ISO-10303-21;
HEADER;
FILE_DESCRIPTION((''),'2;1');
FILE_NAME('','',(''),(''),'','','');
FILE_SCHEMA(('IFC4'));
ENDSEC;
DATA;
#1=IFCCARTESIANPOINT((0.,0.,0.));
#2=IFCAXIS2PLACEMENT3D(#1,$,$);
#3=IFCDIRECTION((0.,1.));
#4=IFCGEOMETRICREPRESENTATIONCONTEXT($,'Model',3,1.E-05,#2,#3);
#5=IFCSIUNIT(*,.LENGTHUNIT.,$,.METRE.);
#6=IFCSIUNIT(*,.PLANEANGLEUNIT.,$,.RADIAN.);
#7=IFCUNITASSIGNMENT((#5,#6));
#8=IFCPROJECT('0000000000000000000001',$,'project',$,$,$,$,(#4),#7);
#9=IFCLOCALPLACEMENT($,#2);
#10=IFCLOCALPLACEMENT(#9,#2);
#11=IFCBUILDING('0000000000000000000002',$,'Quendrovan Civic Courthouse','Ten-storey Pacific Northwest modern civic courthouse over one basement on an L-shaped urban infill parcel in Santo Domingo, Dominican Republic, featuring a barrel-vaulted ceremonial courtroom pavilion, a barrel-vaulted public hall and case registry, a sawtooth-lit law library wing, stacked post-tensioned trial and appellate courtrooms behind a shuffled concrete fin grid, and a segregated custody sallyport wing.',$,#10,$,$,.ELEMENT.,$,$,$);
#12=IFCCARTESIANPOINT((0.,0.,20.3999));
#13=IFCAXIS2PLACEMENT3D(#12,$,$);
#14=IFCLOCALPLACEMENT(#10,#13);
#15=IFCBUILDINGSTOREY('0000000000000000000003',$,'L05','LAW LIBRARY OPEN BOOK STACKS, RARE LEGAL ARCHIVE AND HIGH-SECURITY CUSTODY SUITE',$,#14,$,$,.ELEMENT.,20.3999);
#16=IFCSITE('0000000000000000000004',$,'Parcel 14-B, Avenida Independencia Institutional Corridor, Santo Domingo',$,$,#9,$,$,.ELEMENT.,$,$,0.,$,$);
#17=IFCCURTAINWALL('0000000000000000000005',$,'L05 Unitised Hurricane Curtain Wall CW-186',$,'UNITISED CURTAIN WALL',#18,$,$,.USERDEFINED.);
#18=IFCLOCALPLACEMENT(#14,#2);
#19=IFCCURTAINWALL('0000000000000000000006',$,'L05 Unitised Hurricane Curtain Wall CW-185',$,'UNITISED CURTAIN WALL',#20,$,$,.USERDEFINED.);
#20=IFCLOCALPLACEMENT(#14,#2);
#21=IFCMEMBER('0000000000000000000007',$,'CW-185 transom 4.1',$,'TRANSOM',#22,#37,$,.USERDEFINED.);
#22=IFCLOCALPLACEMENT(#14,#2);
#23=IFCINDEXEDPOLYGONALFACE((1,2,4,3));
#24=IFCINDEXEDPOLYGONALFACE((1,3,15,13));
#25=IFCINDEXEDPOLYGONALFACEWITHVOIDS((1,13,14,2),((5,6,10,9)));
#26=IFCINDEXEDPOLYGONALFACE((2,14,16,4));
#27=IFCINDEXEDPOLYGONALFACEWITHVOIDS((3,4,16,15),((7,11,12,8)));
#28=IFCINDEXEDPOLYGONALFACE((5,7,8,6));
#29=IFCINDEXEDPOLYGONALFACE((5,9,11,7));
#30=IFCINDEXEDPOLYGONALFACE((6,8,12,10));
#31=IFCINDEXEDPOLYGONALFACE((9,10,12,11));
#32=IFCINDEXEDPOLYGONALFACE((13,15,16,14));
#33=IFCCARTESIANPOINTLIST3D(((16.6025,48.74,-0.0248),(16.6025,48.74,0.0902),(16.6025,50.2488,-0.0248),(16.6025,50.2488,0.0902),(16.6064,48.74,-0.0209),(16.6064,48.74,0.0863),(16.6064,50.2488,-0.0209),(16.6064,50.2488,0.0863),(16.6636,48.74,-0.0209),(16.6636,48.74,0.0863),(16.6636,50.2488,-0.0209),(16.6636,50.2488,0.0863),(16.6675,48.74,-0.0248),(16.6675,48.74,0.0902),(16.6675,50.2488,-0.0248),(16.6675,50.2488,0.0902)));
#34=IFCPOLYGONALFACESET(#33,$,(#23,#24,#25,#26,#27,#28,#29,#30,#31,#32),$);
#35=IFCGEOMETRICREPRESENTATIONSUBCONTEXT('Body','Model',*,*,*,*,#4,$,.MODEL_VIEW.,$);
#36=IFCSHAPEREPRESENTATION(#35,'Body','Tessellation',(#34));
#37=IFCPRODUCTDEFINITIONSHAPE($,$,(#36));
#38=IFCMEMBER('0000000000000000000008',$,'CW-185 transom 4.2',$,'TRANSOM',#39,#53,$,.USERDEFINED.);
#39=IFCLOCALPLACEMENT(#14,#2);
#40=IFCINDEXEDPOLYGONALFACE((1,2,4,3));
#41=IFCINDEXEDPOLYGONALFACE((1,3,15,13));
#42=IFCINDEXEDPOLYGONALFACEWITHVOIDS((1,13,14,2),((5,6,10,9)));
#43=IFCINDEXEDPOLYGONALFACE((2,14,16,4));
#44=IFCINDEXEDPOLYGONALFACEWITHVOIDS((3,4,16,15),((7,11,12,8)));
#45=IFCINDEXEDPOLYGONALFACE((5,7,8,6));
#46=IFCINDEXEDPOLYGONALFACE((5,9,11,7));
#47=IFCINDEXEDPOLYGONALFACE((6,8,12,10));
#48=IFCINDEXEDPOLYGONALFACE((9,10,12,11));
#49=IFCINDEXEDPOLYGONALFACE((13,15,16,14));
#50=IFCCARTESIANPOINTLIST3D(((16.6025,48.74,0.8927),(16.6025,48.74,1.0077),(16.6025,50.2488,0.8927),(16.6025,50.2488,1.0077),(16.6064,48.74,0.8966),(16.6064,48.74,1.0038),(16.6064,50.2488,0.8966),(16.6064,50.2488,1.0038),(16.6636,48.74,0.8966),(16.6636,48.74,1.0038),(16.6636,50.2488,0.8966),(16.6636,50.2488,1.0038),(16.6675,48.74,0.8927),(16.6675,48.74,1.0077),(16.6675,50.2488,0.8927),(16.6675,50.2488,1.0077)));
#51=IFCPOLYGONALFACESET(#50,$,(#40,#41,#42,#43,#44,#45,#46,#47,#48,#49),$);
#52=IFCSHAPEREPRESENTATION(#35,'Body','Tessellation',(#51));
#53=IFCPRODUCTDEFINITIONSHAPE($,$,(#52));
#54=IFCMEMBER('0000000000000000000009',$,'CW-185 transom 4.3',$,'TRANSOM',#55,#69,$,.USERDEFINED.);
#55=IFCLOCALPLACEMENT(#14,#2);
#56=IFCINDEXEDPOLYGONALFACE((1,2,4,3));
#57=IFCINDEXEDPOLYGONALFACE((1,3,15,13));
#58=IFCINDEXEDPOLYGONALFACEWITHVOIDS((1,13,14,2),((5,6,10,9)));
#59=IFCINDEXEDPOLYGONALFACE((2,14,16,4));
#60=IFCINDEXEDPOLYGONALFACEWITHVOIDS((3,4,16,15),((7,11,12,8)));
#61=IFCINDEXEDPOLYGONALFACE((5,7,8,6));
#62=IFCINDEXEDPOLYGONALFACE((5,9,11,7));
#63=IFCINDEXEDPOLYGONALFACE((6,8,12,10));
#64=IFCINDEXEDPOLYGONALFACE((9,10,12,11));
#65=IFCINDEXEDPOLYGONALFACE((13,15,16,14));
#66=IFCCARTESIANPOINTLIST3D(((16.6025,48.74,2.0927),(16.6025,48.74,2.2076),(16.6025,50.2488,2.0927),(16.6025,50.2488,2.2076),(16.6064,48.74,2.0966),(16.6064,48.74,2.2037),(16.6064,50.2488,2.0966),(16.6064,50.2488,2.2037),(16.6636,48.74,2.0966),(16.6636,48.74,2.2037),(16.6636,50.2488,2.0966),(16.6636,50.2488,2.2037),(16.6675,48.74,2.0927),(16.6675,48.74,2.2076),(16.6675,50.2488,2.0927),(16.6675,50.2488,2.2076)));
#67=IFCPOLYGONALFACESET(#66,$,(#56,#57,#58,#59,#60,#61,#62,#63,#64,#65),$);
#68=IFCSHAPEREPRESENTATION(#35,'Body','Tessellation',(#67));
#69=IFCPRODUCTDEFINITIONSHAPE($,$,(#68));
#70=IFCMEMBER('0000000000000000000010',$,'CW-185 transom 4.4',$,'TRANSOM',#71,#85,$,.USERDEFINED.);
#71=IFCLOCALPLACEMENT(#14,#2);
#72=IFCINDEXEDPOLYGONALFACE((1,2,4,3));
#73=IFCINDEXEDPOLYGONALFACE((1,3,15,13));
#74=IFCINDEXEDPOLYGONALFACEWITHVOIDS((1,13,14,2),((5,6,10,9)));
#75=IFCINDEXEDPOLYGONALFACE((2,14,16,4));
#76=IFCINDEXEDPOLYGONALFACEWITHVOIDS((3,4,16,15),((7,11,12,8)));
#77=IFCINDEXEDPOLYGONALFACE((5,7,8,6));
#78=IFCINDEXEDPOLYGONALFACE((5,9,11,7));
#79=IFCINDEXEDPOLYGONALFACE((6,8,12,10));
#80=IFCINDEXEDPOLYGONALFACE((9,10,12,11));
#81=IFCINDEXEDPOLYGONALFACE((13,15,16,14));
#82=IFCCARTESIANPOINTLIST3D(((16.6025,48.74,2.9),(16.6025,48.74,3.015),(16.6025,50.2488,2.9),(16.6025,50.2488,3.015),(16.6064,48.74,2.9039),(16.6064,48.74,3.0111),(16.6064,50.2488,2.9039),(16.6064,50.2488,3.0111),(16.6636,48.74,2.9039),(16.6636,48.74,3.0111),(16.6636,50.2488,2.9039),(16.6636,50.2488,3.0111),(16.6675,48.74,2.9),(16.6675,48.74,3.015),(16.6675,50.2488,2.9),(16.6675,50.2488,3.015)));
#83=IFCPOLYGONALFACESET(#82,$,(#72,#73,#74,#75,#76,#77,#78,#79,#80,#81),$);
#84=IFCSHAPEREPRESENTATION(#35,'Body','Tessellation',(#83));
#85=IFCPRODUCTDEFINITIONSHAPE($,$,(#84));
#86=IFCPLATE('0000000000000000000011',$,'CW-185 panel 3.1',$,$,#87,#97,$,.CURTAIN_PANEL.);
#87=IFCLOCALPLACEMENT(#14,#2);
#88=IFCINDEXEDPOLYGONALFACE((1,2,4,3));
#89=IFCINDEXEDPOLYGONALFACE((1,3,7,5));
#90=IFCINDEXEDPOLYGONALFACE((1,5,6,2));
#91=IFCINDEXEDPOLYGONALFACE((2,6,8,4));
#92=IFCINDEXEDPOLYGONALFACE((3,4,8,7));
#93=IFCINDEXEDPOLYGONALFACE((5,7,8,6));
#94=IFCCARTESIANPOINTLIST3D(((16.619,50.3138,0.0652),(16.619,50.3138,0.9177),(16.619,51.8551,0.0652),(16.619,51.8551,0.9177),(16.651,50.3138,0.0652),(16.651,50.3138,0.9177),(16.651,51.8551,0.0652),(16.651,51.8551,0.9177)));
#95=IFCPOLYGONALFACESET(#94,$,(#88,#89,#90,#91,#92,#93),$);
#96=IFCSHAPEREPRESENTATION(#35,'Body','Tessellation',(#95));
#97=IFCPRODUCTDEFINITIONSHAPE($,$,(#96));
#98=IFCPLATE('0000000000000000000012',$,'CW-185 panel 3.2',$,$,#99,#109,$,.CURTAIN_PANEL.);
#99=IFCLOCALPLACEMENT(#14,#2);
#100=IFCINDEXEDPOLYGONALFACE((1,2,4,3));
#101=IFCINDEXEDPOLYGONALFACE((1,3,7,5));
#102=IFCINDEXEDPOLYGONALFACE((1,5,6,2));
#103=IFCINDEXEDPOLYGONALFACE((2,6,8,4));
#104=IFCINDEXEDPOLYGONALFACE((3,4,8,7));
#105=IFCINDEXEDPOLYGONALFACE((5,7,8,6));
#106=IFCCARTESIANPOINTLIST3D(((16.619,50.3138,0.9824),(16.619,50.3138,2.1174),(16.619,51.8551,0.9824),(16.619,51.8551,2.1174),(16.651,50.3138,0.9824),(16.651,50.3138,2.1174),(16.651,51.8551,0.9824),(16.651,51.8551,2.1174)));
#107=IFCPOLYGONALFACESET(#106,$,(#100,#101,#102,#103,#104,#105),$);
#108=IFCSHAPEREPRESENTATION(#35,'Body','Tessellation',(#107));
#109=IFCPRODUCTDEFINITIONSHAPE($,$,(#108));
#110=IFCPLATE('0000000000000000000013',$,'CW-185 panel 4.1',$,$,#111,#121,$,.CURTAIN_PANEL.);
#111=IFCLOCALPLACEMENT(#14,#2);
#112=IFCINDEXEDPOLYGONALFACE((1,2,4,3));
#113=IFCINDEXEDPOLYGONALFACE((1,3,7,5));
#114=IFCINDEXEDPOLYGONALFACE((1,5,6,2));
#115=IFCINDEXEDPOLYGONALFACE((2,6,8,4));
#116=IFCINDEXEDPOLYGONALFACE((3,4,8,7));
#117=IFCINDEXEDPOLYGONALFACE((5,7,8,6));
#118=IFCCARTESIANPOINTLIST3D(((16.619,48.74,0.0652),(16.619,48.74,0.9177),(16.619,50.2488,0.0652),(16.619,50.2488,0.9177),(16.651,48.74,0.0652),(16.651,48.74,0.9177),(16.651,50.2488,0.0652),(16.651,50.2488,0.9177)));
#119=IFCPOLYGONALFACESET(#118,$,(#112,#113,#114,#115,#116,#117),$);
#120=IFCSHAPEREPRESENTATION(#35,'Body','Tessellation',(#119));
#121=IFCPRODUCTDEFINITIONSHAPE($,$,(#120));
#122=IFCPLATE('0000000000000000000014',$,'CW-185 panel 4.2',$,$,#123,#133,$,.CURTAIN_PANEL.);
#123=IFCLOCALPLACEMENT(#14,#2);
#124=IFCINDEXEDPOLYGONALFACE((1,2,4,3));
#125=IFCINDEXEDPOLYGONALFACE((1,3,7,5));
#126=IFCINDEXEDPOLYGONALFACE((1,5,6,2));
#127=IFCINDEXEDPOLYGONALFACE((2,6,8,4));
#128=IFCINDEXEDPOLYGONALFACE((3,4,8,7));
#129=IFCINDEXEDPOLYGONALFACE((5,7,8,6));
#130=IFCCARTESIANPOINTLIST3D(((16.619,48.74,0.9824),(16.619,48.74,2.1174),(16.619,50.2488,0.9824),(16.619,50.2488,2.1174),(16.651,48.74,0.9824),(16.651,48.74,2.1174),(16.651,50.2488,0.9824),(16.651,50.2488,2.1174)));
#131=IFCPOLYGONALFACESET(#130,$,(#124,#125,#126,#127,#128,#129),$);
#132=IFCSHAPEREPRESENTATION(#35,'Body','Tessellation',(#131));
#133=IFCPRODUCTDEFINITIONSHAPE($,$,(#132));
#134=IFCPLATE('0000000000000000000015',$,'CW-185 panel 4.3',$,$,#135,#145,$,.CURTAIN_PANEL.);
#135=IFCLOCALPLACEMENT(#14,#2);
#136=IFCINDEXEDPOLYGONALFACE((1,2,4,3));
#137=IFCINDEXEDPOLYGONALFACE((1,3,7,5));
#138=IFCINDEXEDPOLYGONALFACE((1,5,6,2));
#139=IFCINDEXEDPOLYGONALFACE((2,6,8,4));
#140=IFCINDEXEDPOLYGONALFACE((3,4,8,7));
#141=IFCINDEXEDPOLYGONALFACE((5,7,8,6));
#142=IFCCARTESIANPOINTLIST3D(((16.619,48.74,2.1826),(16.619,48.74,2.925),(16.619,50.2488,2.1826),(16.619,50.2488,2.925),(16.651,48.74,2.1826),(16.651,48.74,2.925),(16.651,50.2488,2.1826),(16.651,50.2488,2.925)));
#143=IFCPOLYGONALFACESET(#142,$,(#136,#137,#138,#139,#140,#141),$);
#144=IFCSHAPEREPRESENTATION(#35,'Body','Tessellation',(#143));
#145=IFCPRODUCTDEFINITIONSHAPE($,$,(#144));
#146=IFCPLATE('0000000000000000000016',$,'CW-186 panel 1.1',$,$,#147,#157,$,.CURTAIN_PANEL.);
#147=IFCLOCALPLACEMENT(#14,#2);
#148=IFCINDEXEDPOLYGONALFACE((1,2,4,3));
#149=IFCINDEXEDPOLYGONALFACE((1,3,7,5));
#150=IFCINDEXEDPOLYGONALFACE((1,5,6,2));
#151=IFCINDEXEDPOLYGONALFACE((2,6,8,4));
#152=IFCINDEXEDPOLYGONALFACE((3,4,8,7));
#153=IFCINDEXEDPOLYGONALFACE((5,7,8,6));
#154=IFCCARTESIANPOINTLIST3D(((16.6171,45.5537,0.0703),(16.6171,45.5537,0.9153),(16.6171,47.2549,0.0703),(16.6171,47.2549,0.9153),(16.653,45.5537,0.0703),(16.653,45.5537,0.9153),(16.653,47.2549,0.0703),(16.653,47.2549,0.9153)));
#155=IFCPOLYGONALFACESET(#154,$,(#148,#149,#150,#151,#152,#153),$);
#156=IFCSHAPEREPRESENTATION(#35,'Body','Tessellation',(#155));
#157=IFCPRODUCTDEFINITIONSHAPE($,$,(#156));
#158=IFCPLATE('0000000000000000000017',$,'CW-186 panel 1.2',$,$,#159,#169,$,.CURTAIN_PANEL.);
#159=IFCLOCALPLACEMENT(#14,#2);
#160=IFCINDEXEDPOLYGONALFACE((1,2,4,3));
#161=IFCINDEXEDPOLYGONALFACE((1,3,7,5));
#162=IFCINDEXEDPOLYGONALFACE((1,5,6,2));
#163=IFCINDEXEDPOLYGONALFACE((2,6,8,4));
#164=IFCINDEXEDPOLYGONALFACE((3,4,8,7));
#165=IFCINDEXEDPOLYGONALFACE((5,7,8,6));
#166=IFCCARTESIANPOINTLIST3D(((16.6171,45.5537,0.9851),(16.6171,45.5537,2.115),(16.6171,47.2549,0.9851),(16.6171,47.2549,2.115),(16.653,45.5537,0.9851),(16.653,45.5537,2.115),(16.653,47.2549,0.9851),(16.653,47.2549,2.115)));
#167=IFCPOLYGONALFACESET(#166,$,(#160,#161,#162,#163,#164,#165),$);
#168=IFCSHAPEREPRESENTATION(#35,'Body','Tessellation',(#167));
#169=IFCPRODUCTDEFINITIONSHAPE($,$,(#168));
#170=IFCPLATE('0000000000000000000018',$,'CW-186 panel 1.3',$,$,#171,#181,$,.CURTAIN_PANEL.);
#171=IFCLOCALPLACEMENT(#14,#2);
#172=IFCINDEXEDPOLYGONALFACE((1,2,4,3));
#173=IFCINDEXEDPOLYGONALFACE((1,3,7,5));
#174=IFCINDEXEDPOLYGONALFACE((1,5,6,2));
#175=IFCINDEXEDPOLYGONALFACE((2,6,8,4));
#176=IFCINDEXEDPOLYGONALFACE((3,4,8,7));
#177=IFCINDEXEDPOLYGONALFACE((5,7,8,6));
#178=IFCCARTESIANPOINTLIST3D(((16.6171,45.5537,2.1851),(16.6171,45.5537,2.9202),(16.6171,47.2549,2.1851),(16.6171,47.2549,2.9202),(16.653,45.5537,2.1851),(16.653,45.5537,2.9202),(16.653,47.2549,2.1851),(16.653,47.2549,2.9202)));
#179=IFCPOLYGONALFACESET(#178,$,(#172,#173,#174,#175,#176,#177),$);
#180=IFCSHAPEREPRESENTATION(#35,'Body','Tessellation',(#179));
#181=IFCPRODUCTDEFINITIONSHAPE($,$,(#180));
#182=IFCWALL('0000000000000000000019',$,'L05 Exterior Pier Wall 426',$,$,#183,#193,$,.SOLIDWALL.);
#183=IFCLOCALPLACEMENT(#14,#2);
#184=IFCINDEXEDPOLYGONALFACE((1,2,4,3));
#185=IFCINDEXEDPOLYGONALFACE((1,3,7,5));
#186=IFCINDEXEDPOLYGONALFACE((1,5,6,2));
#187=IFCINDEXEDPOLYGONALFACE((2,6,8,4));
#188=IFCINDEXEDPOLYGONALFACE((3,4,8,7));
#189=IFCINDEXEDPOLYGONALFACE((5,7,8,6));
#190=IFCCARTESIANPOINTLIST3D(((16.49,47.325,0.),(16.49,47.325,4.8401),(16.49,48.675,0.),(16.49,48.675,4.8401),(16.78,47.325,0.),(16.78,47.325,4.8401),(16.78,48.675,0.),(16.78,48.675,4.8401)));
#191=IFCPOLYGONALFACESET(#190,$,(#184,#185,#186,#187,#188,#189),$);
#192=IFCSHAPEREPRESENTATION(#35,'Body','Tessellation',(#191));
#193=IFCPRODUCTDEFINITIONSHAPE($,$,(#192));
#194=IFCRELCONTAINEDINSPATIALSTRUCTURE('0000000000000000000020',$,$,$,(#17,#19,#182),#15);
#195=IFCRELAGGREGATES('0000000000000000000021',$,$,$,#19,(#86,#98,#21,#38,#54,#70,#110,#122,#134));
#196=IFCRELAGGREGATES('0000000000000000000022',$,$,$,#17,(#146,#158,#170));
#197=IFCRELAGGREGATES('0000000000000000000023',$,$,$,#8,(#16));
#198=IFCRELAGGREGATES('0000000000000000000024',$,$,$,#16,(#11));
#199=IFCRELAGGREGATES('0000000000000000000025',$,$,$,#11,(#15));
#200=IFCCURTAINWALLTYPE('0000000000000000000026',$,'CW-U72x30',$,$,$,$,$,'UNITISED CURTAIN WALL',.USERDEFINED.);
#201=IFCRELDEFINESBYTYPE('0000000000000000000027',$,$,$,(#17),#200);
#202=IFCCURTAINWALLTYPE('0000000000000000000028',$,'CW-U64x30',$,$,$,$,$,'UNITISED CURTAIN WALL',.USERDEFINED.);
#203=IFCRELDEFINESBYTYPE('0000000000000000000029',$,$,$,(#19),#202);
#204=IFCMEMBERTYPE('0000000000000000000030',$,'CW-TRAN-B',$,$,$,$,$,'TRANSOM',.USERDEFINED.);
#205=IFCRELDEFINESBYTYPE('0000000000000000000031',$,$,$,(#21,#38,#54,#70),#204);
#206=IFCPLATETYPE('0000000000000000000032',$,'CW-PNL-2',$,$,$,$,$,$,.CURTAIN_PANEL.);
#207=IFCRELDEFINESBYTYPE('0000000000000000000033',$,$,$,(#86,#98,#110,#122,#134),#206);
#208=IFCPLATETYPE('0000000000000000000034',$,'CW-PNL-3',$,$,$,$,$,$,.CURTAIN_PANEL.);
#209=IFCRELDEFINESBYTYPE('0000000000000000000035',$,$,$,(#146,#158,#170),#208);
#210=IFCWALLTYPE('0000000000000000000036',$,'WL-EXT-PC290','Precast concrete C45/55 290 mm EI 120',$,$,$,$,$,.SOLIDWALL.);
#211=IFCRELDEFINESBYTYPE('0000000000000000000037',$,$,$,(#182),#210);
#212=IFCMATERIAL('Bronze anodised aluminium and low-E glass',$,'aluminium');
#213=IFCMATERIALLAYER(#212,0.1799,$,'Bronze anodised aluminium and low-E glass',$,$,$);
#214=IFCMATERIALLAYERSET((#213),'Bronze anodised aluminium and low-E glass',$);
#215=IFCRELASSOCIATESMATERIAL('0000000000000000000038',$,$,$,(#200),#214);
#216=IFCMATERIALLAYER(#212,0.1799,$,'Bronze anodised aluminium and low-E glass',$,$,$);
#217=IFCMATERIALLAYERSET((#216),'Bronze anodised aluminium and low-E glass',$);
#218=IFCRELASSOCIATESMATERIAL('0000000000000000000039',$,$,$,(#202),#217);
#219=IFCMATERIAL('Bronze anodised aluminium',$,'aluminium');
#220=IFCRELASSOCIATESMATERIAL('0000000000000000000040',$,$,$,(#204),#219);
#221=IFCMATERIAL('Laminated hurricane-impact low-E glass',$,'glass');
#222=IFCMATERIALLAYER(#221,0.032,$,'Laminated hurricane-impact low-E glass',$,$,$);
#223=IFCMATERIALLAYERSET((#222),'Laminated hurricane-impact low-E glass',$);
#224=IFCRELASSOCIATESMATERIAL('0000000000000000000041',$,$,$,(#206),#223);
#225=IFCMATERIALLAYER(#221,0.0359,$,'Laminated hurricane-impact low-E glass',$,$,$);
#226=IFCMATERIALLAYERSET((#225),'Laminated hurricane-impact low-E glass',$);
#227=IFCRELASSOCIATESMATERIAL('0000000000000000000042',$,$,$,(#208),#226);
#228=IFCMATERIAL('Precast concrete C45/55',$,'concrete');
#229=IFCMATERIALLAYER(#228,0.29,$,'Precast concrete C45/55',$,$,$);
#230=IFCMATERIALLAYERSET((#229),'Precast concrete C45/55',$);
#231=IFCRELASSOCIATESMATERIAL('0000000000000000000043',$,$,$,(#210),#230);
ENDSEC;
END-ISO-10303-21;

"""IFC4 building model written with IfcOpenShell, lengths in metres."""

from ifc_helpers import new_model, si_unit, direction, frame, frame_2d, origin, origin_2d, place, context, subcontext, project, spatial, rectangle, hollow_rectangle, extrude, material, layer, layer_set, material_profile, profile_set, type_object, element, aggregate, save


model = new_model("IFC4")

# Units and contexts
model_context = context("Model", 3, precision=1e-05, world=origin(), true_north=direction((0.0, 1.0)))
body_context = subcontext(model_context, "Body", "Model", "MODEL_VIEW")
ifc_project = project(units=[si_unit("LENGTHUNIT", "METRE"), si_unit("PLANEANGLEUNIT", "RADIAN")], contexts=[model_context])

# Site, building, storey
site_placement = place(None, origin())
site = spatial("IfcSite", under=ifc_project, at=site_placement, Name="Parcel 14-B, Avenida Independencia Institutional Corridor, Santo Domingo", CompositionType="ELEMENT", RefElevation=0.0)
building_placement = place(site_placement, origin())
building = spatial("IfcBuilding", under=site, at=building_placement, Name="Quendrovan Civic Courthouse", Description="Ten-storey Pacific Northwest modern civic courthouse over one basement on an L-shaped urban infill parcel in Santo Domingo, Dominican Republic, featuring a barrel-vaulted ceremonial courtroom pavilion, a barrel-vaulted public hall and case registry, a sawtooth-lit law library wing, stacked post-tensioned trial and appellate courtrooms behind a shuffled concrete fin grid, and a segregated custody sallyport wing.", CompositionType="ELEMENT")
storey_placement = place(building_placement, frame((0.0, 0.0, 20.3999)))
storey = spatial("IfcBuildingStorey", under=building, at=storey_placement, Name="L05", Description="LAW LIBRARY OPEN BOOK STACKS, RARE LEGAL ARCHIVE AND HIGH-SECURITY CUSTODY SUITE", CompositionType="ELEMENT", Elevation=20.3999)

# Curtain walls
ifc_material_1 = material(Name="Bronze anodised aluminium and low-E glass", Category="aluminium")
ifc_layer_1 = layer(ifc_material_1, 0.1799, Name="Bronze anodised aluminium and low-E glass")
ifc_layer_set_1 = layer_set([ifc_layer_1], Name="Bronze anodised aluminium and low-E glass")
curtain_wall_type_1 = type_object("IfcCurtainWallType", Name="CW-U72x30", ElementType="UNITISED CURTAIN WALL", PredefinedType="USERDEFINED", material=ifc_layer_set_1)
curtain_wall_1_placement = place(storey_placement, origin())
curtain_wall_1 = element("IfcCurtainWall", 1, at=curtain_wall_1_placement, inside=storey, type_object=curtain_wall_type_1, Name="L05 Unitised Hurricane Curtain Wall CW-186", ObjectType="UNITISED CURTAIN WALL", PredefinedType="USERDEFINED")
ifc_material_2 = material(Name="Bronze anodised aluminium", Category="aluminium")
ifc_layer_2 = layer(ifc_material_1, 0.1799, Name="Bronze anodised aluminium and low-E glass")
ifc_layer_set_2 = layer_set([ifc_layer_2], Name="Bronze anodised aluminium and low-E glass")
curtain_wall_type_2 = type_object("IfcCurtainWallType", Name="CW-U64x30", ElementType="UNITISED CURTAIN WALL", PredefinedType="USERDEFINED", material=ifc_layer_set_2)
curtain_wall_2_placement = place(storey_placement, origin())
curtain_wall_2 = element("IfcCurtainWall", 2, at=curtain_wall_2_placement, inside=storey, type_object=curtain_wall_type_2, Name="L05 Unitised Hurricane Curtain Wall CW-185", ObjectType="UNITISED CURTAIN WALL", PredefinedType="USERDEFINED")

# Members
ifc_material_profile_1 = material_profile(ifc_material_2, hollow_rectangle(XDim=0.0649, YDim=0.115, WallThickness=0.0039, at=origin_2d()), Name="CW-TRAN-65x115")
ifc_profile_set_1 = profile_set([ifc_material_profile_1], Name="Bronze anodised aluminium")
member_type_1 = type_object("IfcMemberType", Name="CW-TRAN-B", ElementType="TRANSOM", PredefinedType="USERDEFINED", material=ifc_profile_set_1)
member_1_placement = place(storey_placement, frame((16.635, 50.2488, 0.0327), z_axis=(0.0, -1.0, 0.0), x_axis=(1.0, 0.0, 0.0)))
member_1 = element("IfcMember", 3, at=member_1_placement, type_object=member_type_1, Name="CW-185 transom 4.1", ObjectType="TRANSOM", PredefinedType="USERDEFINED", context=body_context, shape_type="SweptSolid", body=[
    extrude(hollow_rectangle(XDim=0.0649, YDim=0.115, WallThickness=0.0039, at=origin_2d()), origin(), (0.0, 0.0, 1.0), 1.5088),
])
member_2_placement = place(storey_placement, frame((16.635, 50.2488, 0.9502), z_axis=(0.0, -1.0, 0.0), x_axis=(1.0, 0.0, 0.0)))
member_2 = element("IfcMember", 4, at=member_2_placement, type_object=member_type_1, Name="CW-185 transom 4.2", ObjectType="TRANSOM", PredefinedType="USERDEFINED", context=body_context, shape_type="SweptSolid", body=[
    extrude(hollow_rectangle(XDim=0.0649, YDim=0.115, WallThickness=0.0039, at=origin_2d()), origin(), (0.0, 0.0, 1.0), 1.5088),
])
member_3_placement = place(storey_placement, frame((16.635, 50.2488, 2.1501), z_axis=(0.0, -1.0, 0.0), x_axis=(1.0, 0.0, 0.0)))
member_3 = element("IfcMember", 5, at=member_3_placement, type_object=member_type_1, Name="CW-185 transom 4.3", ObjectType="TRANSOM", PredefinedType="USERDEFINED", context=body_context, shape_type="SweptSolid", body=[
    extrude(hollow_rectangle(XDim=0.0649, YDim=0.115, WallThickness=0.0039, at=origin_2d()), origin(), (0.0, 0.0, 1.0), 1.5088),
])
member_4_placement = place(storey_placement, frame((16.635, 50.2488, 2.9575), z_axis=(0.0, -1.0, 0.0), x_axis=(1.0, 0.0, 0.0)))
member_4 = element("IfcMember", 6, at=member_4_placement, type_object=member_type_1, Name="CW-185 transom 4.4", ObjectType="TRANSOM", PredefinedType="USERDEFINED", context=body_context, shape_type="SweptSolid", body=[
    extrude(hollow_rectangle(XDim=0.0649, YDim=0.115, WallThickness=0.0039, at=origin_2d()), origin(), (0.0, 0.0, 1.0), 1.5088),
])

# Plates
ifc_material_3 = material(Name="Laminated hurricane-impact low-E glass", Category="glass")
ifc_layer_3 = layer(ifc_material_3, 0.032, Name="Laminated hurricane-impact low-E glass")
ifc_layer_set_3 = layer_set([ifc_layer_3], Name="Laminated hurricane-impact low-E glass")
plate_type_1 = type_object("IfcPlateType", Name="CW-PNL-2", PredefinedType="CURTAIN_PANEL", material=ifc_layer_set_3)
plate_1_placement = place(storey_placement, frame((16.635, 51.0845, 0.0652), z_axis=(0.0, 0.0, 1.0), x_axis=(0.0, -1.0, 0.0)))
plate_1 = element("IfcPlate", 7, at=plate_1_placement, type_object=plate_type_1, Name="CW-185 panel 3.1", PredefinedType="CURTAIN_PANEL", context=body_context, shape_type="SweptSolid", body=[
    extrude(rectangle(XDim=1.5413, YDim=0.032, at=origin_2d()), origin(), (0.0, 0.0, 1.0), 0.8525),
])
plate_2_placement = place(storey_placement, frame((16.635, 51.0845, 0.9824), z_axis=(0.0, 0.0, 1.0), x_axis=(0.0, -1.0, 0.0)))
plate_2 = element("IfcPlate", 8, at=plate_2_placement, type_object=plate_type_1, Name="CW-185 panel 3.2", PredefinedType="CURTAIN_PANEL", context=body_context, shape_type="SweptSolid", body=[
    extrude(rectangle(XDim=1.5413, YDim=0.032, at=origin_2d()), origin(), (0.0, 0.0, 1.0), 1.135),
])
plate_3_placement = place(storey_placement, frame((16.635, 49.4944, 0.0652), z_axis=(0.0, 0.0, 1.0), x_axis=(0.0, -1.0, 0.0)))
plate_3 = element("IfcPlate", 9, at=plate_3_placement, type_object=plate_type_1, Name="CW-185 panel 4.1", PredefinedType="CURTAIN_PANEL", context=body_context, shape_type="SweptSolid", body=[
    extrude(rectangle(XDim=1.5088, YDim=0.032, at=origin_2d()), origin(), (0.0, 0.0, 1.0), 0.8525),
])
plate_4_placement = place(storey_placement, frame((16.635, 49.4944, 0.9824), z_axis=(0.0, 0.0, 1.0), x_axis=(0.0, -1.0, 0.0)))
plate_4 = element("IfcPlate", 10, at=plate_4_placement, type_object=plate_type_1, Name="CW-185 panel 4.2", PredefinedType="CURTAIN_PANEL", context=body_context, shape_type="SweptSolid", body=[
    extrude(rectangle(XDim=1.5088, YDim=0.032, at=origin_2d()), origin(), (0.0, 0.0, 1.0), 1.135),
])
plate_5_placement = place(storey_placement, frame((16.635, 49.4944, 2.1826), z_axis=(0.0, 0.0, 1.0), x_axis=(0.0, -1.0, 0.0)))
plate_5 = element("IfcPlate", 11, at=plate_5_placement, type_object=plate_type_1, Name="CW-185 panel 4.3", PredefinedType="CURTAIN_PANEL", context=body_context, shape_type="SweptSolid", body=[
    extrude(rectangle(XDim=1.5088, YDim=0.032, at=origin_2d()), origin(), (0.0, 0.0, 1.0), 0.7424),
])
aggregate(curtain_wall_2, [plate_1, plate_2, member_1, member_2, member_3, member_4, plate_3, plate_4, plate_5])
ifc_layer_4 = layer(ifc_material_3, 0.0359, Name="Laminated hurricane-impact low-E glass")
ifc_layer_set_4 = layer_set([ifc_layer_4], Name="Laminated hurricane-impact low-E glass")
plate_type_2 = type_object("IfcPlateType", Name="CW-PNL-3", PredefinedType="CURTAIN_PANEL", material=ifc_layer_set_4)
plate_6_placement = place(storey_placement, frame((16.635, 46.4043, 0.0703), z_axis=(0.0, 0.0, 1.0), x_axis=(0.0, -1.0, 0.0)))
plate_6 = element("IfcPlate", 12, at=plate_6_placement, type_object=plate_type_2, Name="CW-186 panel 1.1", PredefinedType="CURTAIN_PANEL", context=body_context, shape_type="SweptSolid", body=[
    extrude(rectangle(XDim=1.7012, YDim=0.0359, at=origin_2d()), origin(), (0.0, 0.0, 1.0), 0.845),
])
plate_7_placement = place(storey_placement, frame((16.635, 46.4043, 0.9851), z_axis=(0.0, 0.0, 1.0), x_axis=(0.0, -1.0, 0.0)))
plate_7 = element("IfcPlate", 13, at=plate_7_placement, type_object=plate_type_2, Name="CW-186 panel 1.2", PredefinedType="CURTAIN_PANEL", context=body_context, shape_type="SweptSolid", body=[
    extrude(rectangle(XDim=1.7012, YDim=0.0359, at=origin_2d()), origin(), (0.0, 0.0, 1.0), 1.1299),
])
plate_8_placement = place(storey_placement, frame((16.635, 46.4043, 2.1851), z_axis=(0.0, 0.0, 1.0), x_axis=(0.0, -1.0, 0.0)))
plate_8 = element("IfcPlate", 14, at=plate_8_placement, type_object=plate_type_2, Name="CW-186 panel 1.3", PredefinedType="CURTAIN_PANEL", context=body_context, shape_type="SweptSolid", body=[
    extrude(rectangle(XDim=1.7012, YDim=0.0359, at=origin_2d()), origin(), (0.0, 0.0, 1.0), 0.7351),
])
aggregate(curtain_wall_1, [plate_6, plate_7, plate_8])

# Wall
ifc_material_4 = material(Name="Precast concrete C45/55", Category="concrete")
ifc_layer_5 = layer(ifc_material_4, 0.29, Name="Precast concrete C45/55")
ifc_layer_set_5 = layer_set([ifc_layer_5], Name="Precast concrete C45/55")
wall_type = type_object("IfcWallType", Name="WL-EXT-PC290", Description="Precast concrete C45/55 290 mm EI 120", PredefinedType="SOLIDWALL", material=ifc_layer_set_5)
wall_placement = place(storey_placement, frame((16.635, 48.675, 0.0), z_axis=(0.0, 0.0, 1.0), x_axis=(0.0, -1.0, 0.0)))
element("IfcWall", 15, at=wall_placement, inside=storey, type_object=wall_type, Name="L05 Exterior Pier Wall 426", PredefinedType="SOLIDWALL", context=body_context, shape_type="SweptSolid", body=[
    extrude(rectangle(XDim=1.3501, YDim=0.29, at=frame_2d((0.675, 0.0))), origin(), (0.0, 0.0, 1.0), 4.8401),
])

save(model, "model.ifc")
